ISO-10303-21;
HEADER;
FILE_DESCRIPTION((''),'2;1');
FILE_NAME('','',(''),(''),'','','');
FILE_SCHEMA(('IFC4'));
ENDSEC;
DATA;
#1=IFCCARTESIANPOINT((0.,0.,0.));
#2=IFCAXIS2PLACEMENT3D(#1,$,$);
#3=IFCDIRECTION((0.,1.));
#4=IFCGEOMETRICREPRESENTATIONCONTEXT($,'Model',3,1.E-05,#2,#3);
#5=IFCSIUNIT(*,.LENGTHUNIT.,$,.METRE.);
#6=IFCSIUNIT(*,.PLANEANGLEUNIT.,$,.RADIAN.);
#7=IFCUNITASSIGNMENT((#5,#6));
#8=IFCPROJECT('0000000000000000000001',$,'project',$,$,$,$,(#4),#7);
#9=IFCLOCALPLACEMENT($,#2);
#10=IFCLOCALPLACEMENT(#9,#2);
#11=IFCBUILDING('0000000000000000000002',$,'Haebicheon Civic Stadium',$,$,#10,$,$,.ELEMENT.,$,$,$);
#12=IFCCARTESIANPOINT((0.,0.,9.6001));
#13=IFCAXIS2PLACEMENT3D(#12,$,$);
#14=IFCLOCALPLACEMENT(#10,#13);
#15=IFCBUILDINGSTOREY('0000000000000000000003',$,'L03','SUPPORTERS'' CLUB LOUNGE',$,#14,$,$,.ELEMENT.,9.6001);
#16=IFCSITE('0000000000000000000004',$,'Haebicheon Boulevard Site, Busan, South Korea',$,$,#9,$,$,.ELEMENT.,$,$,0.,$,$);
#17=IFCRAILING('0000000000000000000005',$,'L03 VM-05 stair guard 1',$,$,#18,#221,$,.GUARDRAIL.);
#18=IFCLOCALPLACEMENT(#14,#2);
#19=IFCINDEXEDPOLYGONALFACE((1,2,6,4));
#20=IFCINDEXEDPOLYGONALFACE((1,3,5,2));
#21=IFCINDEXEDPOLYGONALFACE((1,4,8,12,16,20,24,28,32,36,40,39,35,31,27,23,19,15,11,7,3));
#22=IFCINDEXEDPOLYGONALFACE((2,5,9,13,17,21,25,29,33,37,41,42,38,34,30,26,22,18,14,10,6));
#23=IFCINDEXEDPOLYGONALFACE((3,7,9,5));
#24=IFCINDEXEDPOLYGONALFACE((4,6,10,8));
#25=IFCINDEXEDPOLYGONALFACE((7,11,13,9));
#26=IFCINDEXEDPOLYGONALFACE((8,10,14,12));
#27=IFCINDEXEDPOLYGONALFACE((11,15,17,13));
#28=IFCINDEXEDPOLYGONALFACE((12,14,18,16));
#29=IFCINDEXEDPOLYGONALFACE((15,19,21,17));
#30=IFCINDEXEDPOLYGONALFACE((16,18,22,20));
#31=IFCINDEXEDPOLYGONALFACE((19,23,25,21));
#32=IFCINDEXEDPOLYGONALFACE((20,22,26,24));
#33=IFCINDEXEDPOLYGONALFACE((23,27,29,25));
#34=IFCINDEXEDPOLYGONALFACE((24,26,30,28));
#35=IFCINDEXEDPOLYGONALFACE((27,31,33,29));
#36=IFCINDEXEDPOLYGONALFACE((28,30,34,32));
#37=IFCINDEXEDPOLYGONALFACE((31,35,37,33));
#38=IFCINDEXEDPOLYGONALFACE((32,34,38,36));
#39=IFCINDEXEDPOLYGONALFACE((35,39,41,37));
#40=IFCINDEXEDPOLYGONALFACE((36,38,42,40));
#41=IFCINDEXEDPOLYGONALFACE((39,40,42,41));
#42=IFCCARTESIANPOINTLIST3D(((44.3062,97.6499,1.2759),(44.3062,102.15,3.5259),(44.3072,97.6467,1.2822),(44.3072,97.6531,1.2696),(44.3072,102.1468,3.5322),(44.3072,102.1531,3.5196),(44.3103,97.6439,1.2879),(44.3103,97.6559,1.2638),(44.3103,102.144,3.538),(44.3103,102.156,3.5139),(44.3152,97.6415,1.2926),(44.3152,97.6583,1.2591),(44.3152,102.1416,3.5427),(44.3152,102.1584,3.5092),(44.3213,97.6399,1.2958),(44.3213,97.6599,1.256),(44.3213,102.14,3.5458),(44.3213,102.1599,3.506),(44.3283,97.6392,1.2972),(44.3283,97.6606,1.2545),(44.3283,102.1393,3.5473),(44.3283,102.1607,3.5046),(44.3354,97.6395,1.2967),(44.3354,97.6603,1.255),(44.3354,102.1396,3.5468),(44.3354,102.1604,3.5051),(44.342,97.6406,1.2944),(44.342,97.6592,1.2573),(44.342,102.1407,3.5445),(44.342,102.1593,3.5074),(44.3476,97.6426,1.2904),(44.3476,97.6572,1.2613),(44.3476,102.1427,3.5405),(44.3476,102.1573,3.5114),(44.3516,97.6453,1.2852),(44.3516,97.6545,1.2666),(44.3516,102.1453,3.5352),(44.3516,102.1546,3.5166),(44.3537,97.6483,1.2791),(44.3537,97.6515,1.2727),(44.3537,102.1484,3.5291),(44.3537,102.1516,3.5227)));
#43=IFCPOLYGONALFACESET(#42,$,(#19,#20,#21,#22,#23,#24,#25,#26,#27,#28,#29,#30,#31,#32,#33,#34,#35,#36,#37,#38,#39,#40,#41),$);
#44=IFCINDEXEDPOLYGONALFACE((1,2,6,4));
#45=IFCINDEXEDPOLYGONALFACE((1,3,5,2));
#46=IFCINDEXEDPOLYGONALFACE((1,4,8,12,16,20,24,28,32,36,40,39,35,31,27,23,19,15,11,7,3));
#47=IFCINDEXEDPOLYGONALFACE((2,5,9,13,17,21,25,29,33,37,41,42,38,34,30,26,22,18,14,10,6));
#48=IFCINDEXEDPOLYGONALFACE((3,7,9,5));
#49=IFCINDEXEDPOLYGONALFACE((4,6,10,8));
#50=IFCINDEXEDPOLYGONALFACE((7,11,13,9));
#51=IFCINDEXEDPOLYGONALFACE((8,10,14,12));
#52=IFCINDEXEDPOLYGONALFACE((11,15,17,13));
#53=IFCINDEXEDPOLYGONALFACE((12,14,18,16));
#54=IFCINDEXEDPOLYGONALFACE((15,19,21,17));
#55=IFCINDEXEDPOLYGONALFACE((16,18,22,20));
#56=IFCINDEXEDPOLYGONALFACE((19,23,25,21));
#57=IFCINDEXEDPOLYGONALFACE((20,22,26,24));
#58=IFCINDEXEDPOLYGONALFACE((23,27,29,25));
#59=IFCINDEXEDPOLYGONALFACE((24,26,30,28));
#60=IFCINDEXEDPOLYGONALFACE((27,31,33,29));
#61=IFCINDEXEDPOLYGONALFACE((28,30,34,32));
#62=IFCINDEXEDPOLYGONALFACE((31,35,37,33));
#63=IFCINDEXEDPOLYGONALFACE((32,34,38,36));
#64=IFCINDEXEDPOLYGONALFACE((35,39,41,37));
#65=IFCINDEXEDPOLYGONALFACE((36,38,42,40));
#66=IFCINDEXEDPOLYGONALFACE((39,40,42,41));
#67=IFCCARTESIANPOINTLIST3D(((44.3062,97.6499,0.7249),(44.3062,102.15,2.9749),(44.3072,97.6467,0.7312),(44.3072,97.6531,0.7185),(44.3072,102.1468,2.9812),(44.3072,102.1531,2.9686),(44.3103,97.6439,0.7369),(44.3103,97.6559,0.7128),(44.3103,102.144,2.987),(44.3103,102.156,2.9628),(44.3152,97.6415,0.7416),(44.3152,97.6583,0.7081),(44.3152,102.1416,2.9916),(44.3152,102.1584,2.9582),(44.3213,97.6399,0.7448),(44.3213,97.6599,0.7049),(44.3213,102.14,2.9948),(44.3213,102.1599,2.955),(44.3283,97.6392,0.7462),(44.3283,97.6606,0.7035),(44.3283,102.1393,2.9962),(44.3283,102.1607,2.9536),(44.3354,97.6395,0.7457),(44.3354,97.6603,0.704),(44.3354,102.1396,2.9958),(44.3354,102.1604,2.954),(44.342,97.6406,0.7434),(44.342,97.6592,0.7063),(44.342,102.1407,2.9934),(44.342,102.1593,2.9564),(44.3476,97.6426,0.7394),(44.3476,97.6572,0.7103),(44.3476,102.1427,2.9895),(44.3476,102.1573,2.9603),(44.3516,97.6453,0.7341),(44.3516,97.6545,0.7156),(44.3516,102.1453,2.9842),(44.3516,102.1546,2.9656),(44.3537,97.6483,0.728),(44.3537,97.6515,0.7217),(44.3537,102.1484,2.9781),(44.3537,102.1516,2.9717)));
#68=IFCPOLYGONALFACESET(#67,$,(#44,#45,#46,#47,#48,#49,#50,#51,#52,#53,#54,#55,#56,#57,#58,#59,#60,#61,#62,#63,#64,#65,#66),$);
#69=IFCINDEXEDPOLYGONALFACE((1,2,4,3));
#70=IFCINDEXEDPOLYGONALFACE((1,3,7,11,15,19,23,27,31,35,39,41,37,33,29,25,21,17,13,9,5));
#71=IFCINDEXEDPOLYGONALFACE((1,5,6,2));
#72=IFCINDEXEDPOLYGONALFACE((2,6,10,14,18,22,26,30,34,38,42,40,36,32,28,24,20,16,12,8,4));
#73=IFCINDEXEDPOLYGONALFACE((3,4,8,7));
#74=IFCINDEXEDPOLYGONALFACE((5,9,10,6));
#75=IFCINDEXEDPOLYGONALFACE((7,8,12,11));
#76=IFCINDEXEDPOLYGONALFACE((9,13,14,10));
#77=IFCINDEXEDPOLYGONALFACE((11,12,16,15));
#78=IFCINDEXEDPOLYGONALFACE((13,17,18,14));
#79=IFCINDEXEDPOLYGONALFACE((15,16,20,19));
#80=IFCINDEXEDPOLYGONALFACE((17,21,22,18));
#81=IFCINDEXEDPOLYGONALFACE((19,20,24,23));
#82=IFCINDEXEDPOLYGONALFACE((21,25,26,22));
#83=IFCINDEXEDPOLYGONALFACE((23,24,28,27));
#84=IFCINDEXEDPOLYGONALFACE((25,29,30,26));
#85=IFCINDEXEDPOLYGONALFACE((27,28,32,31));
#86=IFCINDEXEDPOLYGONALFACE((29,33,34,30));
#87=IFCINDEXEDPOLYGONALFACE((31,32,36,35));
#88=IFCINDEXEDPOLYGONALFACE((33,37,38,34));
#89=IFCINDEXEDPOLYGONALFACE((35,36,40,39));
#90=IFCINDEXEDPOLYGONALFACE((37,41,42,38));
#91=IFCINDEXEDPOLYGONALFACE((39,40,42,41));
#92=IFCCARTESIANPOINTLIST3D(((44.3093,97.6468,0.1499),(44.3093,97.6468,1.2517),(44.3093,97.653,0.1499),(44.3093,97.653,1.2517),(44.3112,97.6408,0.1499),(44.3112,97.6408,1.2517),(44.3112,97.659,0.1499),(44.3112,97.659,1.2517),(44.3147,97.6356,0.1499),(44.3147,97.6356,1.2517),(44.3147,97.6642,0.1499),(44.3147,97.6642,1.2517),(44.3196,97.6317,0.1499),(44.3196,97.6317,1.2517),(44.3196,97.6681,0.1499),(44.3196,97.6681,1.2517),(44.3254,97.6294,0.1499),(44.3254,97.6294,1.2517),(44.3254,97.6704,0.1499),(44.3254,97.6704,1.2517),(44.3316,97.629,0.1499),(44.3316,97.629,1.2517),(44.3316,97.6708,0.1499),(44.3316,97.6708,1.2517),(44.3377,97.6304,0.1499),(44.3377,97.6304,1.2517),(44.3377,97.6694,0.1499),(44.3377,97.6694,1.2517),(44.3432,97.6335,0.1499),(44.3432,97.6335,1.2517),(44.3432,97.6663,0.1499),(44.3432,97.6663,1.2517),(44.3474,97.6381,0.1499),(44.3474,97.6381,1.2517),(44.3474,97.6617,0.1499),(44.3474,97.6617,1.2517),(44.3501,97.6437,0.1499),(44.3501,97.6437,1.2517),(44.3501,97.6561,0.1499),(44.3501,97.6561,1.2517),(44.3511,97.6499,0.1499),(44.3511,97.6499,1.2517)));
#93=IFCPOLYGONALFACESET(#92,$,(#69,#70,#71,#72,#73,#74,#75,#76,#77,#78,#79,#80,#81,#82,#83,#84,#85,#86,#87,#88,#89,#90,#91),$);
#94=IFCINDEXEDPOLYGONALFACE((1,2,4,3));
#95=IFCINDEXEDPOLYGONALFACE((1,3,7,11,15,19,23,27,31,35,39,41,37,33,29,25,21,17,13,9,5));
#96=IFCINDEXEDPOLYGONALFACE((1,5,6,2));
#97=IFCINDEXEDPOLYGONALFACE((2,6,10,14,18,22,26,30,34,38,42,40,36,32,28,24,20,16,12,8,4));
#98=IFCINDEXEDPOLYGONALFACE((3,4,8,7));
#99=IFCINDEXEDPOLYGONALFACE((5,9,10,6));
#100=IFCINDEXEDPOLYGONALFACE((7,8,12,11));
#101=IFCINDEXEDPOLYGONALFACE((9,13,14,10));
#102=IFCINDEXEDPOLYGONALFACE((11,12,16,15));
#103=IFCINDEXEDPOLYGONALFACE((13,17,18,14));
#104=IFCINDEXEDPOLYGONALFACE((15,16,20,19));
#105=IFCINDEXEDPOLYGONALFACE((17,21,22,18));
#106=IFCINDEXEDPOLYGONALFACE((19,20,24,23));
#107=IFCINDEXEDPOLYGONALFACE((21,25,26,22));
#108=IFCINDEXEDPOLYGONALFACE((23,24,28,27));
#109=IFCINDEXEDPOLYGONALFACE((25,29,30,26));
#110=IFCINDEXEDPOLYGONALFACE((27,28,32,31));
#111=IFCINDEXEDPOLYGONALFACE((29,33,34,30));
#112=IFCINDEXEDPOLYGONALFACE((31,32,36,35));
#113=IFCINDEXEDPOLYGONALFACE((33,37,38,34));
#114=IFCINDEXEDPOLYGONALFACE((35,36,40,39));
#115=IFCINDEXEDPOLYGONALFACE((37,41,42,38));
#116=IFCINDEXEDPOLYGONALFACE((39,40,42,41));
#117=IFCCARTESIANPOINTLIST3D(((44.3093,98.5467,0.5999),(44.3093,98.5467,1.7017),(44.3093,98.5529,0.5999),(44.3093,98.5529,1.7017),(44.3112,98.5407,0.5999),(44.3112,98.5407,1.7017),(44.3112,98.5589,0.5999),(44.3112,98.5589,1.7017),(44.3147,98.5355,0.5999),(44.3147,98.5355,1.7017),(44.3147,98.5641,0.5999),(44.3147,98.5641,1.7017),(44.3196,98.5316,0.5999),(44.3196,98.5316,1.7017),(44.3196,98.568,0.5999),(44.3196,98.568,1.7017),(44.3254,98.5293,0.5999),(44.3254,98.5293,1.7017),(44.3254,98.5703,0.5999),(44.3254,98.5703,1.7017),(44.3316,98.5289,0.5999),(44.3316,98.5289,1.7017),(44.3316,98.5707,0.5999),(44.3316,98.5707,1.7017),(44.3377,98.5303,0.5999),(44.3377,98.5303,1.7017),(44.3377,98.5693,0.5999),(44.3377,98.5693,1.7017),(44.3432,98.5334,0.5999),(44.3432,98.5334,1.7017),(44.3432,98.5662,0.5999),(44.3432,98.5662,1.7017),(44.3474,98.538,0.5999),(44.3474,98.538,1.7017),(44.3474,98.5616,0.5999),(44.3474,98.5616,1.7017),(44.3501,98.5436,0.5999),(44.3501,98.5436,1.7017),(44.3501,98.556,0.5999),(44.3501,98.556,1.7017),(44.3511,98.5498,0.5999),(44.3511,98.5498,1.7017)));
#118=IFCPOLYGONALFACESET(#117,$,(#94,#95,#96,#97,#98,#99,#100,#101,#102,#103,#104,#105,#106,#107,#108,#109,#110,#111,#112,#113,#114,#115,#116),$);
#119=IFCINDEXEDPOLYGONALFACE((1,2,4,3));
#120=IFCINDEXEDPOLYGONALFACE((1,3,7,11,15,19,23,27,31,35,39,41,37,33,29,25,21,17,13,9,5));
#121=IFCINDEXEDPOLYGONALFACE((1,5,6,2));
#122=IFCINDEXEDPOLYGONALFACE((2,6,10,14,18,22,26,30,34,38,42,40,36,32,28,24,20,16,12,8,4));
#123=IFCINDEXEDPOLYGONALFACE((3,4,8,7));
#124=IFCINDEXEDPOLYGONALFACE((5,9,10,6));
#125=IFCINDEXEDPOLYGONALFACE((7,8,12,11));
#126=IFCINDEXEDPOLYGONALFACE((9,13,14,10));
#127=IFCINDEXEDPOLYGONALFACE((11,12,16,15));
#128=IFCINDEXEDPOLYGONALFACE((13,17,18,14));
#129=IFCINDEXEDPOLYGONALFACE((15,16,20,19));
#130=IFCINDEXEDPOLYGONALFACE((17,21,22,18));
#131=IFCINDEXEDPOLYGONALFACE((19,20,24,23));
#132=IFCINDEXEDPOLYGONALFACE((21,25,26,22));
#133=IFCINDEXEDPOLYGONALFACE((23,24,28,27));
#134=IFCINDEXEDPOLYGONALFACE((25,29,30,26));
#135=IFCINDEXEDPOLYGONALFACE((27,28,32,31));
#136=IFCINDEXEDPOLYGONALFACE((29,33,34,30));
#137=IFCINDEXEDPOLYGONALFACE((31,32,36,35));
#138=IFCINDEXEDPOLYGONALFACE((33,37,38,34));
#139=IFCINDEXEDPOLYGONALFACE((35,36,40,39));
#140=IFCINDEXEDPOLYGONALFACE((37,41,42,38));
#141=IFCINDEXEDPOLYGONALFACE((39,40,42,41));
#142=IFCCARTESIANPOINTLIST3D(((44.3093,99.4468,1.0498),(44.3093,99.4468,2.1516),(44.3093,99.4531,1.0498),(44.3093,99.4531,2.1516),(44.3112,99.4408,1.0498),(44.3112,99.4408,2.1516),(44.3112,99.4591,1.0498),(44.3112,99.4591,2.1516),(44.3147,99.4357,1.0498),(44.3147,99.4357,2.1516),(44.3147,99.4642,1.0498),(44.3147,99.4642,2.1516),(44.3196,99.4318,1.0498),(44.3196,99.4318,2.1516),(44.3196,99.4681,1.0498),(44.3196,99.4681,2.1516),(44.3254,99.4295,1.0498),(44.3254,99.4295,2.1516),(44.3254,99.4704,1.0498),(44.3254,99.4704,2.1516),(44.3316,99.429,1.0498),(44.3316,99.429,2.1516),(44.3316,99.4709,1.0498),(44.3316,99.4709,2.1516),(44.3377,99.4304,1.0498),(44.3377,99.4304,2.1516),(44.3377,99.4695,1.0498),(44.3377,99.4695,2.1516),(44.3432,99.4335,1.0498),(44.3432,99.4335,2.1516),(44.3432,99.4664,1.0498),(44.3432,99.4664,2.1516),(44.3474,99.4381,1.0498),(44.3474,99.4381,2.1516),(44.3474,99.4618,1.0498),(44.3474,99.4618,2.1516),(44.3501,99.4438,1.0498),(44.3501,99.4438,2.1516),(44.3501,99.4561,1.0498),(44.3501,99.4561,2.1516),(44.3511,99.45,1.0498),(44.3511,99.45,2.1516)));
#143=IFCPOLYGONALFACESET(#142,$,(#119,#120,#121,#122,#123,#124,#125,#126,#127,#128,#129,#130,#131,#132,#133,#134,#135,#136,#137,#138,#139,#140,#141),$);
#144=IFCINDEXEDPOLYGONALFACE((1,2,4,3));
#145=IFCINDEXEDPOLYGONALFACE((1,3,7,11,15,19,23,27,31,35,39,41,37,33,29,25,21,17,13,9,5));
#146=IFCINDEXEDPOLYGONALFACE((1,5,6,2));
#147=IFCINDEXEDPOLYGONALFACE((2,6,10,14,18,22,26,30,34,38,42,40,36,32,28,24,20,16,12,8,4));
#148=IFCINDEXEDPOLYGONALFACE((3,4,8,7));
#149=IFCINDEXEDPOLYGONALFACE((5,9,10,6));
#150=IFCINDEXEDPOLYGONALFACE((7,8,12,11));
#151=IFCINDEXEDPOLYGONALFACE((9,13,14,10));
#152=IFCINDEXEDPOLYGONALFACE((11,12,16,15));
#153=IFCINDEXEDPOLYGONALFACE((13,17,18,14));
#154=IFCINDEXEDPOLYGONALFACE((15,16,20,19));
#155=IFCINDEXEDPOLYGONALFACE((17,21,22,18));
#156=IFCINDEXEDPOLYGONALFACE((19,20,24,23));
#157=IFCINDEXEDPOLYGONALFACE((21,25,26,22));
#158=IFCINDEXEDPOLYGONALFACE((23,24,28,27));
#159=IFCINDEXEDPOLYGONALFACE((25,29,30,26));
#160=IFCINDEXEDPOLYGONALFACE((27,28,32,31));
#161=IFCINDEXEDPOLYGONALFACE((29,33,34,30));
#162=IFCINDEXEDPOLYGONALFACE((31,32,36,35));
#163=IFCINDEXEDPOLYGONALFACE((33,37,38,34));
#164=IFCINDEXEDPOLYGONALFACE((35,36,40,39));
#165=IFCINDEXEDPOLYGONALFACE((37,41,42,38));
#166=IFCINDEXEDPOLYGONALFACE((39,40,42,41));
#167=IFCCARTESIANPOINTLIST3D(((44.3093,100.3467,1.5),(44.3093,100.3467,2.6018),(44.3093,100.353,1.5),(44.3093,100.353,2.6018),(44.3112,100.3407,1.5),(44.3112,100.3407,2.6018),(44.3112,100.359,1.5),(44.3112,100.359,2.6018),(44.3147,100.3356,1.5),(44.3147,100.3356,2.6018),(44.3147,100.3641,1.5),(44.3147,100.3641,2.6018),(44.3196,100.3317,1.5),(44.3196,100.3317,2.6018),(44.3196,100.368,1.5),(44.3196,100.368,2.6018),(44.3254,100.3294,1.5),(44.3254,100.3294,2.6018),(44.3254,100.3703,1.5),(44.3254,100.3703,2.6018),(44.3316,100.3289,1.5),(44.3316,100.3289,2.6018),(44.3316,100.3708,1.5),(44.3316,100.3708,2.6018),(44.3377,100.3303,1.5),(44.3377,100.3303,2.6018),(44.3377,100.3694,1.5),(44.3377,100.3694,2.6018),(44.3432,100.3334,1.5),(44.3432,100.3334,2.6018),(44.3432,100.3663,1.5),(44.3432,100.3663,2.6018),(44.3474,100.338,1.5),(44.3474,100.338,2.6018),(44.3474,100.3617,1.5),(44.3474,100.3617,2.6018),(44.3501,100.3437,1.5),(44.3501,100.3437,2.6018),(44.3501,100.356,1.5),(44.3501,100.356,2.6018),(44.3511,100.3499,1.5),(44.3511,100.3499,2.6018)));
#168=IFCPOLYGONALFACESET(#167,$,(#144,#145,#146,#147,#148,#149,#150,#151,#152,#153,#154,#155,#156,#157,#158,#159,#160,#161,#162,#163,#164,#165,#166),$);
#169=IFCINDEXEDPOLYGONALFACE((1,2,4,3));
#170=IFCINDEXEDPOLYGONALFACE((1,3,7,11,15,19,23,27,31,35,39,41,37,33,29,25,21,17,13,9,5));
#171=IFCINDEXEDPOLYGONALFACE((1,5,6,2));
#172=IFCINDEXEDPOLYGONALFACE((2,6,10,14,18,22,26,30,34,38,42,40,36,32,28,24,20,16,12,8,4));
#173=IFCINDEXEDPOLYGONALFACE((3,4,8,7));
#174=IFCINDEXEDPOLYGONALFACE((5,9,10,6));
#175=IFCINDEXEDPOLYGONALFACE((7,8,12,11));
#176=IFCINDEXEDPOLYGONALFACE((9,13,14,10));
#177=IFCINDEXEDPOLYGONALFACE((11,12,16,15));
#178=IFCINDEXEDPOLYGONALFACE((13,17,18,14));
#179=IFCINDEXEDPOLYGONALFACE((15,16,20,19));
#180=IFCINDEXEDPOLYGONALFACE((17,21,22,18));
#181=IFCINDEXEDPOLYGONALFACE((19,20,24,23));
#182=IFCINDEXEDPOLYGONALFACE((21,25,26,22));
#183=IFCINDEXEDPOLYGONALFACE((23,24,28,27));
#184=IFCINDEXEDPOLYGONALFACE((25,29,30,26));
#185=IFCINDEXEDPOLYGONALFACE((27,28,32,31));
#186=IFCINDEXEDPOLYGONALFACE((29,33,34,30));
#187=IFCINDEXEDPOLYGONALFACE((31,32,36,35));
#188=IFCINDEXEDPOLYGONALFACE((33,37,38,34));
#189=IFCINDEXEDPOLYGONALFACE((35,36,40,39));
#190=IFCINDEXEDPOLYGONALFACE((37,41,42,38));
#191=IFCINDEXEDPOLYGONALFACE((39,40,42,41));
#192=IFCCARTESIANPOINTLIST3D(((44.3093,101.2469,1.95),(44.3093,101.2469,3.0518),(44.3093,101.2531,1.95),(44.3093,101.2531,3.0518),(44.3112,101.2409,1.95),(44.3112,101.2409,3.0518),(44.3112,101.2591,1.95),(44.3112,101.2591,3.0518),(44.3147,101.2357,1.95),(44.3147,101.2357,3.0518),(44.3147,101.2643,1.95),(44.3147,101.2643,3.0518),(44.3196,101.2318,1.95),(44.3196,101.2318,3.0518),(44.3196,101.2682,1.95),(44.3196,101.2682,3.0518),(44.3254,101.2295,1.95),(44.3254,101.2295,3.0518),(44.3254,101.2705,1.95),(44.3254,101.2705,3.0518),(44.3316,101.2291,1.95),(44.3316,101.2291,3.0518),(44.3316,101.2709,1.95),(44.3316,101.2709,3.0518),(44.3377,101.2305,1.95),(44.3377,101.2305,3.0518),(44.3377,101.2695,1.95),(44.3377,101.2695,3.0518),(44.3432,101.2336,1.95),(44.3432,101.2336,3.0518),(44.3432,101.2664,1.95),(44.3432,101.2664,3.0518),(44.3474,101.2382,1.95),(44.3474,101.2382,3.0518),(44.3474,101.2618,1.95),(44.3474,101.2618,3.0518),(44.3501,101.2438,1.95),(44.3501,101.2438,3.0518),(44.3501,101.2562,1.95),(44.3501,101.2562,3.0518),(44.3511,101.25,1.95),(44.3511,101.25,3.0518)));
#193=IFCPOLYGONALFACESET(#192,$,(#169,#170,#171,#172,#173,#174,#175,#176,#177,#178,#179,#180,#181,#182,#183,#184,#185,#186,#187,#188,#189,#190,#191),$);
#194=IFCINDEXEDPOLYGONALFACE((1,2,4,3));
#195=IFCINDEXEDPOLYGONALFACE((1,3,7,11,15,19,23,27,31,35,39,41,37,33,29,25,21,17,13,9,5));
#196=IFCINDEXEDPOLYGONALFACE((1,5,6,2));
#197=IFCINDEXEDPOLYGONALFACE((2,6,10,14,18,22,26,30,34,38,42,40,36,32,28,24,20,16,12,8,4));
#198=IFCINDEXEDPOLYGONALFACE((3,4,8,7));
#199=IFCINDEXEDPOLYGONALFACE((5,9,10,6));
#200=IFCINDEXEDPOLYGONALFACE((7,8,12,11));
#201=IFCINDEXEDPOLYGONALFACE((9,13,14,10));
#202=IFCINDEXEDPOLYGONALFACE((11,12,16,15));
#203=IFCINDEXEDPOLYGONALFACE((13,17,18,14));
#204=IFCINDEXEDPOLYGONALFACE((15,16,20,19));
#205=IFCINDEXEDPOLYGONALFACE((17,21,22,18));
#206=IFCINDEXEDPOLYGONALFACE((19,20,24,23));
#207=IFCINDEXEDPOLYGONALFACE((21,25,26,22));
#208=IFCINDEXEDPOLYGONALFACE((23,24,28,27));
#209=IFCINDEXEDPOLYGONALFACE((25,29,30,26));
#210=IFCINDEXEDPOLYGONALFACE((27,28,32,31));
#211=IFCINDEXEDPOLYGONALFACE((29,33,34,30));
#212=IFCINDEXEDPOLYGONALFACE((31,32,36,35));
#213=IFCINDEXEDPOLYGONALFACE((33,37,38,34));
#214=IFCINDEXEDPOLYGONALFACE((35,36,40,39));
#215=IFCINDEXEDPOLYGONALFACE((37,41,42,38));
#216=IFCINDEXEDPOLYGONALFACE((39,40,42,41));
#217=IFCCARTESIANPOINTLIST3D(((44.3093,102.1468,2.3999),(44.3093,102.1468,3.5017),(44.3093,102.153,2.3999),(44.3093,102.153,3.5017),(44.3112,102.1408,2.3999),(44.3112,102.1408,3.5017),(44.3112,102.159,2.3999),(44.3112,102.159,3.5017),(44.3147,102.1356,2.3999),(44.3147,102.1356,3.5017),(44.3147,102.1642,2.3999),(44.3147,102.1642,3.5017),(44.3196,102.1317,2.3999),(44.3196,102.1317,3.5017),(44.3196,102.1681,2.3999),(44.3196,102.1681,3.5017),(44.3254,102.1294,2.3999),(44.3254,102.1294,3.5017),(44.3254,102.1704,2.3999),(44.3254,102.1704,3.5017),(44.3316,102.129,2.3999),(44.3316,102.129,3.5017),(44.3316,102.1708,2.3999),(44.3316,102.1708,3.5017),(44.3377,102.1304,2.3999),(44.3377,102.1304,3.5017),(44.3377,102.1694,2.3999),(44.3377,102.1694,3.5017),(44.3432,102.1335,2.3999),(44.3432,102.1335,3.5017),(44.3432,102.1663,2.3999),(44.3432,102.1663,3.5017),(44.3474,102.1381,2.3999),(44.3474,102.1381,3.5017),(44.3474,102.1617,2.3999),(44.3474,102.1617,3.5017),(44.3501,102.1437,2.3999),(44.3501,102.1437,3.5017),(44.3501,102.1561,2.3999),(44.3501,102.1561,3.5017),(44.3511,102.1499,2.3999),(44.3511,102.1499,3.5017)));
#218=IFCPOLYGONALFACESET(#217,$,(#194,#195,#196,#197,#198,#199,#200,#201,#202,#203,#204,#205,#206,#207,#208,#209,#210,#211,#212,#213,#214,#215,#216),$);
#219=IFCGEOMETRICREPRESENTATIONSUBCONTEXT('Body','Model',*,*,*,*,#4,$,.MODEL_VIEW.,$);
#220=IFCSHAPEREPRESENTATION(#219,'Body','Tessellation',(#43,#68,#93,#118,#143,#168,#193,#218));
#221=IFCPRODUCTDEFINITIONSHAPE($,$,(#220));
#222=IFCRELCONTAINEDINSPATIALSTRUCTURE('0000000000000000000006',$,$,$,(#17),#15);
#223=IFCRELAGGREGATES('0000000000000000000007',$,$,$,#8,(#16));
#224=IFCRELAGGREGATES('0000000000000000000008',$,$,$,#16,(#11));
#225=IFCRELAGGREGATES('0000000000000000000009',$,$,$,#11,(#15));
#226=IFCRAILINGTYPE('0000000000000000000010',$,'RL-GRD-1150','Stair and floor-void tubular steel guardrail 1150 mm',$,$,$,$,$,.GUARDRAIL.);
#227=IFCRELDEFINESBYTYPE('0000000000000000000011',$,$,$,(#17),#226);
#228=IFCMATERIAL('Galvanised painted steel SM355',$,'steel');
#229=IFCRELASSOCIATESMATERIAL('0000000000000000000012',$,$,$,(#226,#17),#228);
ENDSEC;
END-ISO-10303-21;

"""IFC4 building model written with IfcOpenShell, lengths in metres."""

from ifc_helpers import new_model, si_unit, direction, frame, origin, origin_2d, place, context, subcontext, project, spatial, circle, extrude, material, type_object, element, save


model = new_model("IFC4")

# Units and contexts
model_context = context("Model", 3, precision=1e-05, world=origin(), true_north=direction((0.0, 1.0)))
body_context = subcontext(model_context, "Body", "Model", "MODEL_VIEW")
ifc_project = project(units=[si_unit("LENGTHUNIT", "METRE"), si_unit("PLANEANGLEUNIT", "RADIAN")], contexts=[model_context])

# Site, building, storey
site_placement = place(None, origin())
site = spatial("IfcSite", under=ifc_project, at=site_placement, Name="Haebicheon Boulevard Site, Busan, South Korea", CompositionType="ELEMENT", RefElevation=0.0)
building_placement = place(site_placement, origin())
building = spatial("IfcBuilding", under=site, at=building_placement, Name="Haebicheon Civic Stadium", CompositionType="ELEMENT")
storey_placement = place(building_placement, frame((0.0, 0.0, 9.6001)))
storey = spatial("IfcBuildingStorey", under=building, at=storey_placement, Name="L03", Description="SUPPORTERS' CLUB LOUNGE", CompositionType="ELEMENT", Elevation=9.6001)

# Railing
ifc_material_1 = material(Name="Galvanised painted steel SM355", Category="steel")
railing_type_1 = type_object("IfcRailingType", Name="RL-GRD-1150", Description="Stair and floor-void tubular steel guardrail 1150 mm", PredefinedType="GUARDRAIL", material=ifc_material_1)
railing_1_placement = place(storey_placement, frame((44.3301, 97.6499, 0.1499)))
element("IfcRailing", 1, at=railing_1_placement, inside=storey, type_object=railing_type_1, material=ifc_material_1, Name="L03 VM-05 stair guard 1", PredefinedType="GUARDRAIL", context=body_context, shape_type="SweptSolid", body=[
    extrude(circle(Radius=0.0239, at=origin_2d()), frame((0.0, 0.0, 1.126), z_axis=(0.0, 0.894427, 0.447214), x_axis=(-1.0, 0.0, 0.0)), (0.0, 0.0, 1.0), 5.0312),
    extrude(circle(Radius=0.0239, at=origin_2d()), frame((0.0, 0.0, 0.575), z_axis=(0.0, 0.894427, 0.447214), x_axis=(-1.0, 0.0, 0.0)), (0.0, 0.0, 1.0), 5.0312),
    extrude(circle(Radius=0.021, at=origin_2d()), origin(), (0.0, 0.0, 1.0), 1.1018),
    extrude(circle(Radius=0.021, at=origin_2d()), frame((0.0, 0.8999, 0.45)), (0.0, 0.0, 1.0), 1.1018),
    extrude(circle(Radius=0.021, at=origin_2d()), frame((0.0, 1.8, 0.8999)), (0.0, 0.0, 1.0), 1.1018),
    extrude(circle(Radius=0.021, at=origin_2d()), frame((0.0, 2.7, 1.3501)), (0.0, 0.0, 1.0), 1.1018),
    extrude(circle(Radius=0.021, at=origin_2d()), frame((0.0, 3.6001, 1.8)), (0.0, 0.0, 1.0), 1.1018),
    extrude(circle(Radius=0.021, at=origin_2d()), frame((0.0, 4.5, 2.25)), (0.0, 0.0, 1.0), 1.1018),
])

save(model, "model.ifc")
